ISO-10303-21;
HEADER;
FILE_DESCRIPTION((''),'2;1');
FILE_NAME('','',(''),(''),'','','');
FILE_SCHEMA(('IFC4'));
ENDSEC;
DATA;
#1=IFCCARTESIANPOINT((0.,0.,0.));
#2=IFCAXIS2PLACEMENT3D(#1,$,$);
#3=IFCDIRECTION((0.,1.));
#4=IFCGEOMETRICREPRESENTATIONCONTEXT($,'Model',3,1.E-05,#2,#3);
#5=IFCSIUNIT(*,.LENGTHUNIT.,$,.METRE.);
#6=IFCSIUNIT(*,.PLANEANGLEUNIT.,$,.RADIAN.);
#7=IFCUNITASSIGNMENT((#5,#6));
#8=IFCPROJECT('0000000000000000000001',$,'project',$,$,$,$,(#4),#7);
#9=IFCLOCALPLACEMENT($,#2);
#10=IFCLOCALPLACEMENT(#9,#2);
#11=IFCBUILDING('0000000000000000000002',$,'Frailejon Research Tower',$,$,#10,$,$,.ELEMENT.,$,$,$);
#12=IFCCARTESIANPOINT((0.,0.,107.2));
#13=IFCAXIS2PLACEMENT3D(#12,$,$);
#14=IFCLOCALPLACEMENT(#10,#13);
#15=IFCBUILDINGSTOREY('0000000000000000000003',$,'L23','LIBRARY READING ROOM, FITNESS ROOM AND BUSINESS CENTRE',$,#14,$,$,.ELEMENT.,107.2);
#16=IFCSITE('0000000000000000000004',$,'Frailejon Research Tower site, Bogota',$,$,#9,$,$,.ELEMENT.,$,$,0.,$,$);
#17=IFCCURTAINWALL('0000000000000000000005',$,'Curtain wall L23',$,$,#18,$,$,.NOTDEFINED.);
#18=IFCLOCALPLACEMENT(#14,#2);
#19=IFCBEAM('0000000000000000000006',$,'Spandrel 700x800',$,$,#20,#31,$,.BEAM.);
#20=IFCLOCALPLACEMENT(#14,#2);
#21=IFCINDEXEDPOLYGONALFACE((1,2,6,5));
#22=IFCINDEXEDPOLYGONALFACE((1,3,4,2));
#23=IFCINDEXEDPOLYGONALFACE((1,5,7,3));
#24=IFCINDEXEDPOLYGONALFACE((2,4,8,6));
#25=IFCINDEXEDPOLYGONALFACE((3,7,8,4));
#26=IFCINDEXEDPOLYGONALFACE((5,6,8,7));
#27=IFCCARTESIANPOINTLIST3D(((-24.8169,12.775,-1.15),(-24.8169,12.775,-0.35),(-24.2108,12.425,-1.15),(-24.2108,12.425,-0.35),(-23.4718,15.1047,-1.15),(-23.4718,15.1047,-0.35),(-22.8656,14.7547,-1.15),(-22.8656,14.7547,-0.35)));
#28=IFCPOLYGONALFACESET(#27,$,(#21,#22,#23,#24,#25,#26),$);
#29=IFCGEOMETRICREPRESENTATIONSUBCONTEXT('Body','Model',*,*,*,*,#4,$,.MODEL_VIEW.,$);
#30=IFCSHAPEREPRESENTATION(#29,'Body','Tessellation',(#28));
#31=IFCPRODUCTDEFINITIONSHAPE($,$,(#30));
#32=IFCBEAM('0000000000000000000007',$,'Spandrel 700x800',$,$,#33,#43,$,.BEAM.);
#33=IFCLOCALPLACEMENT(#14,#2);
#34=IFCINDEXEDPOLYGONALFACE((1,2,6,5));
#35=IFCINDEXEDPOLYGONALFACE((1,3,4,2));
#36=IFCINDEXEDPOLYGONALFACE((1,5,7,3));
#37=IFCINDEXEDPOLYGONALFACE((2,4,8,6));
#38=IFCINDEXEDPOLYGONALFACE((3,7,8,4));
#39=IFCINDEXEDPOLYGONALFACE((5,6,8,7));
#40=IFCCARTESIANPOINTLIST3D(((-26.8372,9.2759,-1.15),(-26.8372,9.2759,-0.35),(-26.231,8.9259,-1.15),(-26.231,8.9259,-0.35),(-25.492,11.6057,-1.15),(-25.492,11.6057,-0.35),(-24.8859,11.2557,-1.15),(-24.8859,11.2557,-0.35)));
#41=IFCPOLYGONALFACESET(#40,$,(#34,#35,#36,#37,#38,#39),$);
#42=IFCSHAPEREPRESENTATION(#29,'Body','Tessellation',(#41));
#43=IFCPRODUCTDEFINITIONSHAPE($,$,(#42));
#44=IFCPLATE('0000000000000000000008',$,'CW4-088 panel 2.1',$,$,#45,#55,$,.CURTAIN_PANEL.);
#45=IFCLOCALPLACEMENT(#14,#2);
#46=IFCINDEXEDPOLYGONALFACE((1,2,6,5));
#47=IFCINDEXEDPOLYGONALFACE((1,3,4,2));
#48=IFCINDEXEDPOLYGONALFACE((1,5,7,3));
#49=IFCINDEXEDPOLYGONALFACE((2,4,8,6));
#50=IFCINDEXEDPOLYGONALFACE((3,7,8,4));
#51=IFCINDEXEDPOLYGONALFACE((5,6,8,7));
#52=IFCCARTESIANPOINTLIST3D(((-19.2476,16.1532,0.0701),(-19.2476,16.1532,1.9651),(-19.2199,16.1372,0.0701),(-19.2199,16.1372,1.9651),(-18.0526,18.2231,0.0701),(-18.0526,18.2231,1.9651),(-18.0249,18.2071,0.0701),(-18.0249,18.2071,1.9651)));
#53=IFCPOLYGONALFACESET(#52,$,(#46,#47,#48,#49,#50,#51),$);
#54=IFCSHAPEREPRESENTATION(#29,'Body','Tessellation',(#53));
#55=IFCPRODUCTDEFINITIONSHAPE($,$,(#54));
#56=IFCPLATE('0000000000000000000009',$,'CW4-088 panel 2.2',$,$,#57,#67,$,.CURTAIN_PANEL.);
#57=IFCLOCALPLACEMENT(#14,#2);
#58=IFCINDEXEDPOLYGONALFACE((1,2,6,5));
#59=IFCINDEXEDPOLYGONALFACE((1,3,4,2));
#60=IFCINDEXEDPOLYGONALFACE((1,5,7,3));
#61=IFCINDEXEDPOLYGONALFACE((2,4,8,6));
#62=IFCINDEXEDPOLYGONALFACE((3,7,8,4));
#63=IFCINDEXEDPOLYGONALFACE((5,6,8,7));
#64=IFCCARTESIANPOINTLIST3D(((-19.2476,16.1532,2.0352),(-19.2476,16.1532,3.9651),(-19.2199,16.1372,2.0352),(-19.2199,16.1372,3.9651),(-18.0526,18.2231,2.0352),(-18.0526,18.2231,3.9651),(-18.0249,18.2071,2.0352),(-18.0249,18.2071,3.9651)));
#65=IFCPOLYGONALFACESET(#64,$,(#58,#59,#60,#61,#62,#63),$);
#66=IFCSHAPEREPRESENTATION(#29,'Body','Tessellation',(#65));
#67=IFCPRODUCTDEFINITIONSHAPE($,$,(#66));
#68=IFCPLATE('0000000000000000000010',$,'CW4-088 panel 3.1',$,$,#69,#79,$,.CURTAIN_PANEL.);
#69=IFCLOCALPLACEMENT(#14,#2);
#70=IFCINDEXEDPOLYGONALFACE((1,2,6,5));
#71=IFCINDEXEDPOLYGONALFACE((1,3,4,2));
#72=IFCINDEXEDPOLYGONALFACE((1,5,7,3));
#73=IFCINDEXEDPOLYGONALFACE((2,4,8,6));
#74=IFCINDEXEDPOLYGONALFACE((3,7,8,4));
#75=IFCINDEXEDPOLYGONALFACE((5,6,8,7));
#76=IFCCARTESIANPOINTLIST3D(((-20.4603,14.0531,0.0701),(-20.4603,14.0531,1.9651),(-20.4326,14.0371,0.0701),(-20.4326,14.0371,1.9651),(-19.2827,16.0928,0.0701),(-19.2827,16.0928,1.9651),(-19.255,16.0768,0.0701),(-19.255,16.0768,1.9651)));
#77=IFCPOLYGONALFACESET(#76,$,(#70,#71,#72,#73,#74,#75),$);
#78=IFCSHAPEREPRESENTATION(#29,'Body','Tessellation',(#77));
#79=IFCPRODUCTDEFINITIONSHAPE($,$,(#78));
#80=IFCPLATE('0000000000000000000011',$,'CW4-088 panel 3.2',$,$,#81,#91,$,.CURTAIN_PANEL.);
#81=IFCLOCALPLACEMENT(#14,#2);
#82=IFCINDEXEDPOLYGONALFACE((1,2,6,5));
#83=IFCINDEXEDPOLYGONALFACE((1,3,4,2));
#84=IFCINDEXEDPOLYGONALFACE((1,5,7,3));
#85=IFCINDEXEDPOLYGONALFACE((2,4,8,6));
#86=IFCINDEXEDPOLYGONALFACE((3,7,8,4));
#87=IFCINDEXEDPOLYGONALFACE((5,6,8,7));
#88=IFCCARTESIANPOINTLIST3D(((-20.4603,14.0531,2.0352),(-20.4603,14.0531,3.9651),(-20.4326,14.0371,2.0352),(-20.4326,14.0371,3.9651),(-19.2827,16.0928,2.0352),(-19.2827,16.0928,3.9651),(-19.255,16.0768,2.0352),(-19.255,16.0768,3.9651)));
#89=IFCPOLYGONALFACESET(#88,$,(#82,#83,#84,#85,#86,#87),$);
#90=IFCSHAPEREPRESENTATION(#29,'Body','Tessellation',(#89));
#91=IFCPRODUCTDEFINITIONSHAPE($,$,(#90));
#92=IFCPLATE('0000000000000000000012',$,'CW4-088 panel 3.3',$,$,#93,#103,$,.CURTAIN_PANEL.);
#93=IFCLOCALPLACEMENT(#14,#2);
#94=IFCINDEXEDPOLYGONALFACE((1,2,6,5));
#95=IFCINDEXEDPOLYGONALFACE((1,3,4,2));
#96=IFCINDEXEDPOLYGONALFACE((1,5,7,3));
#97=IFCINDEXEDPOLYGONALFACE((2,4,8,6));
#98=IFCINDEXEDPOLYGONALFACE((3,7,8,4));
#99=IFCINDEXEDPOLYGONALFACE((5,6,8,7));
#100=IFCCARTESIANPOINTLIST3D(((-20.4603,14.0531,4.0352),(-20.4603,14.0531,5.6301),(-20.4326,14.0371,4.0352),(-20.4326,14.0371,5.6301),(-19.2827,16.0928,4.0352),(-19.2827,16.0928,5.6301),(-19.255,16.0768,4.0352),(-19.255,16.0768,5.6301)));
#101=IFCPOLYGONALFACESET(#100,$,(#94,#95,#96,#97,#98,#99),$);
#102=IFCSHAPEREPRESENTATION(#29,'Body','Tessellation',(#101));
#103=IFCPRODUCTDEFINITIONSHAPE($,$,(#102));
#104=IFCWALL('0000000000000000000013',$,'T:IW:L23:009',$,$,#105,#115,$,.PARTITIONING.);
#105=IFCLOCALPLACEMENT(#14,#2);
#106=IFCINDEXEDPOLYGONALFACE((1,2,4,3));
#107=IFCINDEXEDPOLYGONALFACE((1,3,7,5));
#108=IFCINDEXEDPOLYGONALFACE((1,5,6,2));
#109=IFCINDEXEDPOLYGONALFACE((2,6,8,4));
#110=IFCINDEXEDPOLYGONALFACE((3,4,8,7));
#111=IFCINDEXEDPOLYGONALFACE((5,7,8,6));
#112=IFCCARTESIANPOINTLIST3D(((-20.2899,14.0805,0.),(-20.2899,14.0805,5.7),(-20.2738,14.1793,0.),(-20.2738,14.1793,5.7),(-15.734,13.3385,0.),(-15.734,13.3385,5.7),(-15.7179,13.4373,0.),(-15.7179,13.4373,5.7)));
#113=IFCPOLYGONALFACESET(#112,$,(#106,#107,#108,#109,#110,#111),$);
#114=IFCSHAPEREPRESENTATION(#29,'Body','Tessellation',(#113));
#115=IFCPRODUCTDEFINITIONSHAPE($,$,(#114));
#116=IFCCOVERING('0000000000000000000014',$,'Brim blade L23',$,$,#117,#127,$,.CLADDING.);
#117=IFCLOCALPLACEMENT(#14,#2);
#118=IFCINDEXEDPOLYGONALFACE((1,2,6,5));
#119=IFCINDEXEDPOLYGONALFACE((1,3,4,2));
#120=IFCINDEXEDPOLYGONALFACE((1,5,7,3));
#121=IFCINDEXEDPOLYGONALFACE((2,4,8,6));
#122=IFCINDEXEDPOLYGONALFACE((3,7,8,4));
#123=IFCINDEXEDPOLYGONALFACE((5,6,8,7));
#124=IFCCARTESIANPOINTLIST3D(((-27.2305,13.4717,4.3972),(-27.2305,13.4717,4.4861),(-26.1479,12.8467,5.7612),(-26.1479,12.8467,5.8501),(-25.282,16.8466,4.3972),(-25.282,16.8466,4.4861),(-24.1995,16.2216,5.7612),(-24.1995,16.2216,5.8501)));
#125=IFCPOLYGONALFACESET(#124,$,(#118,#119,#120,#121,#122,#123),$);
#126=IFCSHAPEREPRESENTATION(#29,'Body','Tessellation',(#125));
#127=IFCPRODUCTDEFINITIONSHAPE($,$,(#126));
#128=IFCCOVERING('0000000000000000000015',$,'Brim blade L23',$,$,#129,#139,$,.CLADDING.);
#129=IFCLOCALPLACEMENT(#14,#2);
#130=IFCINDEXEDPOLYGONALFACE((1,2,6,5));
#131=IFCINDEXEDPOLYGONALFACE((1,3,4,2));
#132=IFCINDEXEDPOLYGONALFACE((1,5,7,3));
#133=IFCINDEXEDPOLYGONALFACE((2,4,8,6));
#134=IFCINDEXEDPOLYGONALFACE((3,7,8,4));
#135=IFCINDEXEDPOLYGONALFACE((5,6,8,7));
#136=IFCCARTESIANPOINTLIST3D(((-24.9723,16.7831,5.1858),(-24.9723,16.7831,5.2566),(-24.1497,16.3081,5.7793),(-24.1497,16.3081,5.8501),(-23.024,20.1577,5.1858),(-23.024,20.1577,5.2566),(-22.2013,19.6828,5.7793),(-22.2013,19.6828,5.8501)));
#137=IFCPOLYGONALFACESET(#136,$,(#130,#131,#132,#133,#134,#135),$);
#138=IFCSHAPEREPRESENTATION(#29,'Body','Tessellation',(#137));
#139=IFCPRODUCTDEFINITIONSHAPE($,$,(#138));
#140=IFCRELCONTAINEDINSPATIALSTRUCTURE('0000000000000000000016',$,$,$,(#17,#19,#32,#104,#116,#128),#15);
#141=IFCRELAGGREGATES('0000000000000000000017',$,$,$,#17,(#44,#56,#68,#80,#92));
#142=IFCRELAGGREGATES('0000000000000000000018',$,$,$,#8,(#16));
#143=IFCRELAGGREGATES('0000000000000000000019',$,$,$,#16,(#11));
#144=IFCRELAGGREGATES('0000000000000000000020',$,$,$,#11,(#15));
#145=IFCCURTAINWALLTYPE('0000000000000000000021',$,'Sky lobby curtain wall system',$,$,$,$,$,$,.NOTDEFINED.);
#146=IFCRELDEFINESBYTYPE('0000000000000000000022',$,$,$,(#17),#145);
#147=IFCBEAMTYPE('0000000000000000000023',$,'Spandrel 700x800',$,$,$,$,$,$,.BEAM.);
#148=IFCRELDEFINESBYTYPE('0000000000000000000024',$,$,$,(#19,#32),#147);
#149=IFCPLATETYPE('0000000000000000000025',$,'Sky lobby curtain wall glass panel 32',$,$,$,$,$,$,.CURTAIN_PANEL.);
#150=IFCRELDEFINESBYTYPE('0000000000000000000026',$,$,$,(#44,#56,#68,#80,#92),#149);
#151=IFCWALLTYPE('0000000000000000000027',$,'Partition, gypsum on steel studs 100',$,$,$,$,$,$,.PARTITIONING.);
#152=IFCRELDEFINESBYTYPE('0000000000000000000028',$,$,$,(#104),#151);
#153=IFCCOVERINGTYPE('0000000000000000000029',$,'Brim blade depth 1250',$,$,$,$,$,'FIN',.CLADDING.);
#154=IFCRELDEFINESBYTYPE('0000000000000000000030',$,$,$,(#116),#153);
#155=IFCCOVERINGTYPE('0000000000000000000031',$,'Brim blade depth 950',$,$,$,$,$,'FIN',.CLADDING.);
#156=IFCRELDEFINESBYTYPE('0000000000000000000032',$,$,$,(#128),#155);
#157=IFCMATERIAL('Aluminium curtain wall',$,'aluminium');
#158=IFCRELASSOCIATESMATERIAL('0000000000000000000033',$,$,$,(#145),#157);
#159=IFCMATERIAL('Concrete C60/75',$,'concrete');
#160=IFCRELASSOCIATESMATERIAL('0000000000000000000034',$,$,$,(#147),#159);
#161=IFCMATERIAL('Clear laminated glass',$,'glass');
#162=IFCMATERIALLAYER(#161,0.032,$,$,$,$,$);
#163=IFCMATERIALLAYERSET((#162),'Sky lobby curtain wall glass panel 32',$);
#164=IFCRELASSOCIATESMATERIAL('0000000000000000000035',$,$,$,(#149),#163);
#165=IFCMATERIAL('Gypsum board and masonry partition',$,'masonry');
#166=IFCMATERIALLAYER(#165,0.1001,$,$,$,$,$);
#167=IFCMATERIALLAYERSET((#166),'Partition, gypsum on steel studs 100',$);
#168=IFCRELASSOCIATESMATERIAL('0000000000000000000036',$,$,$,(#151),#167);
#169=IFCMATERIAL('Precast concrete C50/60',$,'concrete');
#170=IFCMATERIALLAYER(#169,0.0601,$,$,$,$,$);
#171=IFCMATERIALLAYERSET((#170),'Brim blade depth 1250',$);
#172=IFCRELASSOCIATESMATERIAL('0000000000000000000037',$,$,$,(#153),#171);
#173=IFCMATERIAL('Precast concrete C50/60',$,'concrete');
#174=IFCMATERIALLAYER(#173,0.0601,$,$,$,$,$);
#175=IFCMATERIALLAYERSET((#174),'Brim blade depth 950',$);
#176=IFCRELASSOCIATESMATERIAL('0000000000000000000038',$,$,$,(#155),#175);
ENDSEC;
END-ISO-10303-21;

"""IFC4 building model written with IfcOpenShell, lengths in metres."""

from ifc_helpers import new_model, si_unit, direction, frame, frame_2d, origin, origin_2d, place, context, subcontext, project, spatial, polyline, rectangle, outline, extrude, material, layer, layer_set, material_profile, profile_set, type_object, element, aggregate, save


model = new_model("IFC4")

# Units and contexts
model_context = context("Model", 3, precision=1e-05, world=origin(), true_north=direction((0.0, 1.0)))
body_context = subcontext(model_context, "Body", "Model", "MODEL_VIEW")
ifc_project = project(units=[si_unit("LENGTHUNIT", "METRE"), si_unit("PLANEANGLEUNIT", "RADIAN")], contexts=[model_context])

# Site, building, storey
site_placement = place(None, origin())
site = spatial("IfcSite", under=ifc_project, at=site_placement, Name="Frailejon Research Tower site, Bogota", CompositionType="ELEMENT", RefElevation=0.0)
building_placement = place(site_placement, origin())
building = spatial("IfcBuilding", under=site, at=building_placement, Name="Frailejon Research Tower", CompositionType="ELEMENT")
storey_placement = place(building_placement, frame((0.0, 0.0, 107.2)))
storey = spatial("IfcBuildingStorey", under=building, at=storey_placement, Name="L23", Description="LIBRARY READING ROOM, FITNESS ROOM AND BUSINESS CENTRE", CompositionType="ELEMENT", Elevation=107.2)

# Curtain wall
ifc_material_1 = material(Name="Aluminium curtain wall", Category="aluminium")
curtain_wall_type = type_object("IfcCurtainWallType", Name="Sky lobby curtain wall system", PredefinedType="NOTDEFINED", material=ifc_material_1)
curtain_wall_1_placement = place(storey_placement, origin())
curtain_wall_1 = element("IfcCurtainWall", 1, at=curtain_wall_1_placement, inside=storey, type_object=curtain_wall_type, Name="Curtain wall L23", PredefinedType="NOTDEFINED")

# Beams
ifc_material_2 = material(Name="Concrete C60/75", Category="concrete")
ifc_material_profile_1 = material_profile(ifc_material_2, rectangle(XDim=0.7, YDim=0.8, at=origin_2d()), Name="Spandrel 700x800")
ifc_profile_set_1 = profile_set([ifc_material_profile_1], Name="Concrete C60/75")
beam_type_1 = type_object("IfcBeamType", Name="Spandrel 700x800", PredefinedType="BEAM", material=ifc_profile_set_1)
for number, where, z_axis, x_axis, name in (
    (2, (-23.1687, 14.9297, -0.75), (-0.500024, -0.866012, 0.0), (0.866012, -0.500024, 0.0), "Spandrel 700x800"),
    (3, (-25.189, 11.4307, -0.75), (-0.500024, -0.866012, 0.0), (0.866012, -0.500024, 0.0), "Spandrel 700x800"),
):
    element("IfcBeam", number, at=place(storey_placement, frame(where, z_axis=z_axis, x_axis=x_axis)), inside=storey, type_object=beam_type_1, Name=name, PredefinedType="BEAM", context=body_context, shape_type="SweptSolid", body=[
        extrude(rectangle(XDim=0.7, YDim=0.8, at=origin_2d()), origin(), (0.0, 0.0, 1.0), 2.6902),
    ])

# Plates
ifc_material_3 = material(Name="Clear laminated glass", Category="glass")
ifc_layer_1 = layer(ifc_material_3, 0.032)
ifc_layer_set_1 = layer_set([ifc_layer_1], Name="Sky lobby curtain wall glass panel 32")
plate_type = type_object("IfcPlateType", Name="Sky lobby curtain wall glass panel 32", PredefinedType="CURTAIN_PANEL", material=ifc_layer_set_1)
plate_1_placement = place(storey_placement, frame((-18.6362, 17.1802, 0.0701), z_axis=(0.0, 0.0, 1.0), x_axis=(-0.499995, -0.866028, 0.0)))
plate_1 = element("IfcPlate", 4, at=plate_1_placement, type_object=plate_type, Name="CW4-088 panel 2.1", PredefinedType="CURTAIN_PANEL", context=body_context, shape_type="SweptSolid", body=[
    extrude(rectangle(XDim=2.3901, YDim=0.032, at=origin_2d()), origin(), (0.0, 0.0, 1.0), 1.895),
])
plate_2_placement = place(storey_placement, frame((-18.6362, 17.1802, 2.0352), z_axis=(0.0, 0.0, 1.0), x_axis=(-0.499995, -0.866028, 0.0)))
plate_2 = element("IfcPlate", 5, at=plate_2_placement, type_object=plate_type, Name="CW4-088 panel 2.2", PredefinedType="CURTAIN_PANEL", context=body_context, shape_type="SweptSolid", body=[
    extrude(rectangle(XDim=2.3901, YDim=0.032, at=origin_2d()), origin(), (0.0, 0.0, 1.0), 1.9299),
])
plate_3_placement = place(storey_placement, frame((-19.8577, 15.0649, 0.0701), z_axis=(0.0, 0.0, 1.0), x_axis=(-0.499995, -0.866028, 0.0)))
plate_3 = element("IfcPlate", 6, at=plate_3_placement, type_object=plate_type, Name="CW4-088 panel 3.1", PredefinedType="CURTAIN_PANEL", context=body_context, shape_type="SweptSolid", body=[
    extrude(rectangle(XDim=2.3552, YDim=0.032, at=origin_2d()), origin(), (0.0, 0.0, 1.0), 1.895),
])
plate_4_placement = place(storey_placement, frame((-19.8577, 15.0649, 2.0352), z_axis=(0.0, 0.0, 1.0), x_axis=(-0.499995, -0.866028, 0.0)))
plate_4 = element("IfcPlate", 7, at=plate_4_placement, type_object=plate_type, Name="CW4-088 panel 3.2", PredefinedType="CURTAIN_PANEL", context=body_context, shape_type="SweptSolid", body=[
    extrude(rectangle(XDim=2.3552, YDim=0.032, at=origin_2d()), origin(), (0.0, 0.0, 1.0), 1.9299),
])
plate_5_placement = place(storey_placement, frame((-19.8577, 15.0649, 4.0352), z_axis=(0.0, 0.0, 1.0), x_axis=(-0.499995, -0.866028, 0.0)))
plate_5 = element("IfcPlate", 8, at=plate_5_placement, type_object=plate_type, Name="CW4-088 panel 3.3", PredefinedType="CURTAIN_PANEL", context=body_context, shape_type="SweptSolid", body=[
    extrude(rectangle(XDim=2.3552, YDim=0.032, at=origin_2d()), origin(), (0.0, 0.0, 1.0), 1.595),
])
aggregate(curtain_wall_1, [plate_1, plate_2, plate_3, plate_4, plate_5])

# Wall
ifc_material_4 = material(Name="Gypsum board and masonry partition", Category="masonry")
ifc_layer_2 = layer(ifc_material_4, 0.1001)
ifc_layer_set_2 = layer_set([ifc_layer_2], Name="Partition, gypsum on steel studs 100")
wall_type_1 = type_object("IfcWallType", Name="Partition, gypsum on steel studs 100", PredefinedType="PARTITIONING", material=ifc_layer_set_2)
wall_1_placement = place(storey_placement, frame((-20.282, 14.1299, 0.0), z_axis=(0.0, 0.0, 1.0), x_axis=(0.986998, -0.160736, 0.0)))
element("IfcWall", 9, at=wall_1_placement, inside=storey, type_object=wall_type_1, Name="T:IW:L23:009", PredefinedType="PARTITIONING", context=body_context, shape_type="SweptSolid", body=[
    extrude(rectangle(XDim=4.616, YDim=0.1001, at=frame_2d((2.3081, 0.0))), origin(), (0.0, 0.0, 1.0), 5.7),
])

# Coverings
ifc_material_5 = material(Name="Precast concrete C50/60", Category="concrete")
ifc_layer_3 = layer(ifc_material_5, 0.0601)
ifc_layer_set_3 = layer_set([ifc_layer_3], Name="Brim blade depth 1250")
covering_type_1 = type_object("IfcCoveringType", Name="Brim blade depth 1250", ElementType="FIN", PredefinedType="CLADDING", material=ifc_layer_set_3)
covering_1_placement = place(storey_placement, frame((-26.1479, 12.8467, 5.8501), z_axis=(0.499992, 0.86603, 0.0), x_axis=(-0.86603, 0.499992, 0.0)))
element("IfcCovering", 10, at=covering_1_placement, inside=storey, type_object=covering_type_1, Name="Brim blade L23", PredefinedType="CLADDING", context=body_context, shape_type="SweptSolid", body=[
    extrude(outline(polyline([(0.0, -0.0889), (1.25, -1.4529), (1.25, -1.364), (0.0, 0.0), (0.0, -0.0889)])), origin(), (0.0, 0.0, 1.0), 3.897),
])
ifc_material_6 = material(Name="Precast concrete C50/60", Category="concrete")
ifc_layer_4 = layer(ifc_material_6, 0.0601)
ifc_layer_set_4 = layer_set([ifc_layer_4], Name="Brim blade depth 950")
covering_type_2 = type_object("IfcCoveringType", Name="Brim blade depth 950", ElementType="FIN", PredefinedType="CLADDING", material=ifc_layer_set_4)
covering_2_placement = place(storey_placement, frame((-24.1497, 16.3081, 5.8501), z_axis=(0.500003, 0.866024, 0.0), x_axis=(-0.866024, 0.500003, 0.0)))
element("IfcCovering", 11, at=covering_2_placement, inside=storey, type_object=covering_type_2, Name="Brim blade L23", PredefinedType="CLADDING", context=body_context, shape_type="SweptSolid", body=[
    extrude(outline(polyline([(0.0, -0.0708), (0.95, -0.6643), (0.95, -0.5935), (0.0, 0.0), (0.0, -0.0708)])), origin(), (0.0, 0.0, 1.0), 3.8967),
])

save(model, "model.ifc")
